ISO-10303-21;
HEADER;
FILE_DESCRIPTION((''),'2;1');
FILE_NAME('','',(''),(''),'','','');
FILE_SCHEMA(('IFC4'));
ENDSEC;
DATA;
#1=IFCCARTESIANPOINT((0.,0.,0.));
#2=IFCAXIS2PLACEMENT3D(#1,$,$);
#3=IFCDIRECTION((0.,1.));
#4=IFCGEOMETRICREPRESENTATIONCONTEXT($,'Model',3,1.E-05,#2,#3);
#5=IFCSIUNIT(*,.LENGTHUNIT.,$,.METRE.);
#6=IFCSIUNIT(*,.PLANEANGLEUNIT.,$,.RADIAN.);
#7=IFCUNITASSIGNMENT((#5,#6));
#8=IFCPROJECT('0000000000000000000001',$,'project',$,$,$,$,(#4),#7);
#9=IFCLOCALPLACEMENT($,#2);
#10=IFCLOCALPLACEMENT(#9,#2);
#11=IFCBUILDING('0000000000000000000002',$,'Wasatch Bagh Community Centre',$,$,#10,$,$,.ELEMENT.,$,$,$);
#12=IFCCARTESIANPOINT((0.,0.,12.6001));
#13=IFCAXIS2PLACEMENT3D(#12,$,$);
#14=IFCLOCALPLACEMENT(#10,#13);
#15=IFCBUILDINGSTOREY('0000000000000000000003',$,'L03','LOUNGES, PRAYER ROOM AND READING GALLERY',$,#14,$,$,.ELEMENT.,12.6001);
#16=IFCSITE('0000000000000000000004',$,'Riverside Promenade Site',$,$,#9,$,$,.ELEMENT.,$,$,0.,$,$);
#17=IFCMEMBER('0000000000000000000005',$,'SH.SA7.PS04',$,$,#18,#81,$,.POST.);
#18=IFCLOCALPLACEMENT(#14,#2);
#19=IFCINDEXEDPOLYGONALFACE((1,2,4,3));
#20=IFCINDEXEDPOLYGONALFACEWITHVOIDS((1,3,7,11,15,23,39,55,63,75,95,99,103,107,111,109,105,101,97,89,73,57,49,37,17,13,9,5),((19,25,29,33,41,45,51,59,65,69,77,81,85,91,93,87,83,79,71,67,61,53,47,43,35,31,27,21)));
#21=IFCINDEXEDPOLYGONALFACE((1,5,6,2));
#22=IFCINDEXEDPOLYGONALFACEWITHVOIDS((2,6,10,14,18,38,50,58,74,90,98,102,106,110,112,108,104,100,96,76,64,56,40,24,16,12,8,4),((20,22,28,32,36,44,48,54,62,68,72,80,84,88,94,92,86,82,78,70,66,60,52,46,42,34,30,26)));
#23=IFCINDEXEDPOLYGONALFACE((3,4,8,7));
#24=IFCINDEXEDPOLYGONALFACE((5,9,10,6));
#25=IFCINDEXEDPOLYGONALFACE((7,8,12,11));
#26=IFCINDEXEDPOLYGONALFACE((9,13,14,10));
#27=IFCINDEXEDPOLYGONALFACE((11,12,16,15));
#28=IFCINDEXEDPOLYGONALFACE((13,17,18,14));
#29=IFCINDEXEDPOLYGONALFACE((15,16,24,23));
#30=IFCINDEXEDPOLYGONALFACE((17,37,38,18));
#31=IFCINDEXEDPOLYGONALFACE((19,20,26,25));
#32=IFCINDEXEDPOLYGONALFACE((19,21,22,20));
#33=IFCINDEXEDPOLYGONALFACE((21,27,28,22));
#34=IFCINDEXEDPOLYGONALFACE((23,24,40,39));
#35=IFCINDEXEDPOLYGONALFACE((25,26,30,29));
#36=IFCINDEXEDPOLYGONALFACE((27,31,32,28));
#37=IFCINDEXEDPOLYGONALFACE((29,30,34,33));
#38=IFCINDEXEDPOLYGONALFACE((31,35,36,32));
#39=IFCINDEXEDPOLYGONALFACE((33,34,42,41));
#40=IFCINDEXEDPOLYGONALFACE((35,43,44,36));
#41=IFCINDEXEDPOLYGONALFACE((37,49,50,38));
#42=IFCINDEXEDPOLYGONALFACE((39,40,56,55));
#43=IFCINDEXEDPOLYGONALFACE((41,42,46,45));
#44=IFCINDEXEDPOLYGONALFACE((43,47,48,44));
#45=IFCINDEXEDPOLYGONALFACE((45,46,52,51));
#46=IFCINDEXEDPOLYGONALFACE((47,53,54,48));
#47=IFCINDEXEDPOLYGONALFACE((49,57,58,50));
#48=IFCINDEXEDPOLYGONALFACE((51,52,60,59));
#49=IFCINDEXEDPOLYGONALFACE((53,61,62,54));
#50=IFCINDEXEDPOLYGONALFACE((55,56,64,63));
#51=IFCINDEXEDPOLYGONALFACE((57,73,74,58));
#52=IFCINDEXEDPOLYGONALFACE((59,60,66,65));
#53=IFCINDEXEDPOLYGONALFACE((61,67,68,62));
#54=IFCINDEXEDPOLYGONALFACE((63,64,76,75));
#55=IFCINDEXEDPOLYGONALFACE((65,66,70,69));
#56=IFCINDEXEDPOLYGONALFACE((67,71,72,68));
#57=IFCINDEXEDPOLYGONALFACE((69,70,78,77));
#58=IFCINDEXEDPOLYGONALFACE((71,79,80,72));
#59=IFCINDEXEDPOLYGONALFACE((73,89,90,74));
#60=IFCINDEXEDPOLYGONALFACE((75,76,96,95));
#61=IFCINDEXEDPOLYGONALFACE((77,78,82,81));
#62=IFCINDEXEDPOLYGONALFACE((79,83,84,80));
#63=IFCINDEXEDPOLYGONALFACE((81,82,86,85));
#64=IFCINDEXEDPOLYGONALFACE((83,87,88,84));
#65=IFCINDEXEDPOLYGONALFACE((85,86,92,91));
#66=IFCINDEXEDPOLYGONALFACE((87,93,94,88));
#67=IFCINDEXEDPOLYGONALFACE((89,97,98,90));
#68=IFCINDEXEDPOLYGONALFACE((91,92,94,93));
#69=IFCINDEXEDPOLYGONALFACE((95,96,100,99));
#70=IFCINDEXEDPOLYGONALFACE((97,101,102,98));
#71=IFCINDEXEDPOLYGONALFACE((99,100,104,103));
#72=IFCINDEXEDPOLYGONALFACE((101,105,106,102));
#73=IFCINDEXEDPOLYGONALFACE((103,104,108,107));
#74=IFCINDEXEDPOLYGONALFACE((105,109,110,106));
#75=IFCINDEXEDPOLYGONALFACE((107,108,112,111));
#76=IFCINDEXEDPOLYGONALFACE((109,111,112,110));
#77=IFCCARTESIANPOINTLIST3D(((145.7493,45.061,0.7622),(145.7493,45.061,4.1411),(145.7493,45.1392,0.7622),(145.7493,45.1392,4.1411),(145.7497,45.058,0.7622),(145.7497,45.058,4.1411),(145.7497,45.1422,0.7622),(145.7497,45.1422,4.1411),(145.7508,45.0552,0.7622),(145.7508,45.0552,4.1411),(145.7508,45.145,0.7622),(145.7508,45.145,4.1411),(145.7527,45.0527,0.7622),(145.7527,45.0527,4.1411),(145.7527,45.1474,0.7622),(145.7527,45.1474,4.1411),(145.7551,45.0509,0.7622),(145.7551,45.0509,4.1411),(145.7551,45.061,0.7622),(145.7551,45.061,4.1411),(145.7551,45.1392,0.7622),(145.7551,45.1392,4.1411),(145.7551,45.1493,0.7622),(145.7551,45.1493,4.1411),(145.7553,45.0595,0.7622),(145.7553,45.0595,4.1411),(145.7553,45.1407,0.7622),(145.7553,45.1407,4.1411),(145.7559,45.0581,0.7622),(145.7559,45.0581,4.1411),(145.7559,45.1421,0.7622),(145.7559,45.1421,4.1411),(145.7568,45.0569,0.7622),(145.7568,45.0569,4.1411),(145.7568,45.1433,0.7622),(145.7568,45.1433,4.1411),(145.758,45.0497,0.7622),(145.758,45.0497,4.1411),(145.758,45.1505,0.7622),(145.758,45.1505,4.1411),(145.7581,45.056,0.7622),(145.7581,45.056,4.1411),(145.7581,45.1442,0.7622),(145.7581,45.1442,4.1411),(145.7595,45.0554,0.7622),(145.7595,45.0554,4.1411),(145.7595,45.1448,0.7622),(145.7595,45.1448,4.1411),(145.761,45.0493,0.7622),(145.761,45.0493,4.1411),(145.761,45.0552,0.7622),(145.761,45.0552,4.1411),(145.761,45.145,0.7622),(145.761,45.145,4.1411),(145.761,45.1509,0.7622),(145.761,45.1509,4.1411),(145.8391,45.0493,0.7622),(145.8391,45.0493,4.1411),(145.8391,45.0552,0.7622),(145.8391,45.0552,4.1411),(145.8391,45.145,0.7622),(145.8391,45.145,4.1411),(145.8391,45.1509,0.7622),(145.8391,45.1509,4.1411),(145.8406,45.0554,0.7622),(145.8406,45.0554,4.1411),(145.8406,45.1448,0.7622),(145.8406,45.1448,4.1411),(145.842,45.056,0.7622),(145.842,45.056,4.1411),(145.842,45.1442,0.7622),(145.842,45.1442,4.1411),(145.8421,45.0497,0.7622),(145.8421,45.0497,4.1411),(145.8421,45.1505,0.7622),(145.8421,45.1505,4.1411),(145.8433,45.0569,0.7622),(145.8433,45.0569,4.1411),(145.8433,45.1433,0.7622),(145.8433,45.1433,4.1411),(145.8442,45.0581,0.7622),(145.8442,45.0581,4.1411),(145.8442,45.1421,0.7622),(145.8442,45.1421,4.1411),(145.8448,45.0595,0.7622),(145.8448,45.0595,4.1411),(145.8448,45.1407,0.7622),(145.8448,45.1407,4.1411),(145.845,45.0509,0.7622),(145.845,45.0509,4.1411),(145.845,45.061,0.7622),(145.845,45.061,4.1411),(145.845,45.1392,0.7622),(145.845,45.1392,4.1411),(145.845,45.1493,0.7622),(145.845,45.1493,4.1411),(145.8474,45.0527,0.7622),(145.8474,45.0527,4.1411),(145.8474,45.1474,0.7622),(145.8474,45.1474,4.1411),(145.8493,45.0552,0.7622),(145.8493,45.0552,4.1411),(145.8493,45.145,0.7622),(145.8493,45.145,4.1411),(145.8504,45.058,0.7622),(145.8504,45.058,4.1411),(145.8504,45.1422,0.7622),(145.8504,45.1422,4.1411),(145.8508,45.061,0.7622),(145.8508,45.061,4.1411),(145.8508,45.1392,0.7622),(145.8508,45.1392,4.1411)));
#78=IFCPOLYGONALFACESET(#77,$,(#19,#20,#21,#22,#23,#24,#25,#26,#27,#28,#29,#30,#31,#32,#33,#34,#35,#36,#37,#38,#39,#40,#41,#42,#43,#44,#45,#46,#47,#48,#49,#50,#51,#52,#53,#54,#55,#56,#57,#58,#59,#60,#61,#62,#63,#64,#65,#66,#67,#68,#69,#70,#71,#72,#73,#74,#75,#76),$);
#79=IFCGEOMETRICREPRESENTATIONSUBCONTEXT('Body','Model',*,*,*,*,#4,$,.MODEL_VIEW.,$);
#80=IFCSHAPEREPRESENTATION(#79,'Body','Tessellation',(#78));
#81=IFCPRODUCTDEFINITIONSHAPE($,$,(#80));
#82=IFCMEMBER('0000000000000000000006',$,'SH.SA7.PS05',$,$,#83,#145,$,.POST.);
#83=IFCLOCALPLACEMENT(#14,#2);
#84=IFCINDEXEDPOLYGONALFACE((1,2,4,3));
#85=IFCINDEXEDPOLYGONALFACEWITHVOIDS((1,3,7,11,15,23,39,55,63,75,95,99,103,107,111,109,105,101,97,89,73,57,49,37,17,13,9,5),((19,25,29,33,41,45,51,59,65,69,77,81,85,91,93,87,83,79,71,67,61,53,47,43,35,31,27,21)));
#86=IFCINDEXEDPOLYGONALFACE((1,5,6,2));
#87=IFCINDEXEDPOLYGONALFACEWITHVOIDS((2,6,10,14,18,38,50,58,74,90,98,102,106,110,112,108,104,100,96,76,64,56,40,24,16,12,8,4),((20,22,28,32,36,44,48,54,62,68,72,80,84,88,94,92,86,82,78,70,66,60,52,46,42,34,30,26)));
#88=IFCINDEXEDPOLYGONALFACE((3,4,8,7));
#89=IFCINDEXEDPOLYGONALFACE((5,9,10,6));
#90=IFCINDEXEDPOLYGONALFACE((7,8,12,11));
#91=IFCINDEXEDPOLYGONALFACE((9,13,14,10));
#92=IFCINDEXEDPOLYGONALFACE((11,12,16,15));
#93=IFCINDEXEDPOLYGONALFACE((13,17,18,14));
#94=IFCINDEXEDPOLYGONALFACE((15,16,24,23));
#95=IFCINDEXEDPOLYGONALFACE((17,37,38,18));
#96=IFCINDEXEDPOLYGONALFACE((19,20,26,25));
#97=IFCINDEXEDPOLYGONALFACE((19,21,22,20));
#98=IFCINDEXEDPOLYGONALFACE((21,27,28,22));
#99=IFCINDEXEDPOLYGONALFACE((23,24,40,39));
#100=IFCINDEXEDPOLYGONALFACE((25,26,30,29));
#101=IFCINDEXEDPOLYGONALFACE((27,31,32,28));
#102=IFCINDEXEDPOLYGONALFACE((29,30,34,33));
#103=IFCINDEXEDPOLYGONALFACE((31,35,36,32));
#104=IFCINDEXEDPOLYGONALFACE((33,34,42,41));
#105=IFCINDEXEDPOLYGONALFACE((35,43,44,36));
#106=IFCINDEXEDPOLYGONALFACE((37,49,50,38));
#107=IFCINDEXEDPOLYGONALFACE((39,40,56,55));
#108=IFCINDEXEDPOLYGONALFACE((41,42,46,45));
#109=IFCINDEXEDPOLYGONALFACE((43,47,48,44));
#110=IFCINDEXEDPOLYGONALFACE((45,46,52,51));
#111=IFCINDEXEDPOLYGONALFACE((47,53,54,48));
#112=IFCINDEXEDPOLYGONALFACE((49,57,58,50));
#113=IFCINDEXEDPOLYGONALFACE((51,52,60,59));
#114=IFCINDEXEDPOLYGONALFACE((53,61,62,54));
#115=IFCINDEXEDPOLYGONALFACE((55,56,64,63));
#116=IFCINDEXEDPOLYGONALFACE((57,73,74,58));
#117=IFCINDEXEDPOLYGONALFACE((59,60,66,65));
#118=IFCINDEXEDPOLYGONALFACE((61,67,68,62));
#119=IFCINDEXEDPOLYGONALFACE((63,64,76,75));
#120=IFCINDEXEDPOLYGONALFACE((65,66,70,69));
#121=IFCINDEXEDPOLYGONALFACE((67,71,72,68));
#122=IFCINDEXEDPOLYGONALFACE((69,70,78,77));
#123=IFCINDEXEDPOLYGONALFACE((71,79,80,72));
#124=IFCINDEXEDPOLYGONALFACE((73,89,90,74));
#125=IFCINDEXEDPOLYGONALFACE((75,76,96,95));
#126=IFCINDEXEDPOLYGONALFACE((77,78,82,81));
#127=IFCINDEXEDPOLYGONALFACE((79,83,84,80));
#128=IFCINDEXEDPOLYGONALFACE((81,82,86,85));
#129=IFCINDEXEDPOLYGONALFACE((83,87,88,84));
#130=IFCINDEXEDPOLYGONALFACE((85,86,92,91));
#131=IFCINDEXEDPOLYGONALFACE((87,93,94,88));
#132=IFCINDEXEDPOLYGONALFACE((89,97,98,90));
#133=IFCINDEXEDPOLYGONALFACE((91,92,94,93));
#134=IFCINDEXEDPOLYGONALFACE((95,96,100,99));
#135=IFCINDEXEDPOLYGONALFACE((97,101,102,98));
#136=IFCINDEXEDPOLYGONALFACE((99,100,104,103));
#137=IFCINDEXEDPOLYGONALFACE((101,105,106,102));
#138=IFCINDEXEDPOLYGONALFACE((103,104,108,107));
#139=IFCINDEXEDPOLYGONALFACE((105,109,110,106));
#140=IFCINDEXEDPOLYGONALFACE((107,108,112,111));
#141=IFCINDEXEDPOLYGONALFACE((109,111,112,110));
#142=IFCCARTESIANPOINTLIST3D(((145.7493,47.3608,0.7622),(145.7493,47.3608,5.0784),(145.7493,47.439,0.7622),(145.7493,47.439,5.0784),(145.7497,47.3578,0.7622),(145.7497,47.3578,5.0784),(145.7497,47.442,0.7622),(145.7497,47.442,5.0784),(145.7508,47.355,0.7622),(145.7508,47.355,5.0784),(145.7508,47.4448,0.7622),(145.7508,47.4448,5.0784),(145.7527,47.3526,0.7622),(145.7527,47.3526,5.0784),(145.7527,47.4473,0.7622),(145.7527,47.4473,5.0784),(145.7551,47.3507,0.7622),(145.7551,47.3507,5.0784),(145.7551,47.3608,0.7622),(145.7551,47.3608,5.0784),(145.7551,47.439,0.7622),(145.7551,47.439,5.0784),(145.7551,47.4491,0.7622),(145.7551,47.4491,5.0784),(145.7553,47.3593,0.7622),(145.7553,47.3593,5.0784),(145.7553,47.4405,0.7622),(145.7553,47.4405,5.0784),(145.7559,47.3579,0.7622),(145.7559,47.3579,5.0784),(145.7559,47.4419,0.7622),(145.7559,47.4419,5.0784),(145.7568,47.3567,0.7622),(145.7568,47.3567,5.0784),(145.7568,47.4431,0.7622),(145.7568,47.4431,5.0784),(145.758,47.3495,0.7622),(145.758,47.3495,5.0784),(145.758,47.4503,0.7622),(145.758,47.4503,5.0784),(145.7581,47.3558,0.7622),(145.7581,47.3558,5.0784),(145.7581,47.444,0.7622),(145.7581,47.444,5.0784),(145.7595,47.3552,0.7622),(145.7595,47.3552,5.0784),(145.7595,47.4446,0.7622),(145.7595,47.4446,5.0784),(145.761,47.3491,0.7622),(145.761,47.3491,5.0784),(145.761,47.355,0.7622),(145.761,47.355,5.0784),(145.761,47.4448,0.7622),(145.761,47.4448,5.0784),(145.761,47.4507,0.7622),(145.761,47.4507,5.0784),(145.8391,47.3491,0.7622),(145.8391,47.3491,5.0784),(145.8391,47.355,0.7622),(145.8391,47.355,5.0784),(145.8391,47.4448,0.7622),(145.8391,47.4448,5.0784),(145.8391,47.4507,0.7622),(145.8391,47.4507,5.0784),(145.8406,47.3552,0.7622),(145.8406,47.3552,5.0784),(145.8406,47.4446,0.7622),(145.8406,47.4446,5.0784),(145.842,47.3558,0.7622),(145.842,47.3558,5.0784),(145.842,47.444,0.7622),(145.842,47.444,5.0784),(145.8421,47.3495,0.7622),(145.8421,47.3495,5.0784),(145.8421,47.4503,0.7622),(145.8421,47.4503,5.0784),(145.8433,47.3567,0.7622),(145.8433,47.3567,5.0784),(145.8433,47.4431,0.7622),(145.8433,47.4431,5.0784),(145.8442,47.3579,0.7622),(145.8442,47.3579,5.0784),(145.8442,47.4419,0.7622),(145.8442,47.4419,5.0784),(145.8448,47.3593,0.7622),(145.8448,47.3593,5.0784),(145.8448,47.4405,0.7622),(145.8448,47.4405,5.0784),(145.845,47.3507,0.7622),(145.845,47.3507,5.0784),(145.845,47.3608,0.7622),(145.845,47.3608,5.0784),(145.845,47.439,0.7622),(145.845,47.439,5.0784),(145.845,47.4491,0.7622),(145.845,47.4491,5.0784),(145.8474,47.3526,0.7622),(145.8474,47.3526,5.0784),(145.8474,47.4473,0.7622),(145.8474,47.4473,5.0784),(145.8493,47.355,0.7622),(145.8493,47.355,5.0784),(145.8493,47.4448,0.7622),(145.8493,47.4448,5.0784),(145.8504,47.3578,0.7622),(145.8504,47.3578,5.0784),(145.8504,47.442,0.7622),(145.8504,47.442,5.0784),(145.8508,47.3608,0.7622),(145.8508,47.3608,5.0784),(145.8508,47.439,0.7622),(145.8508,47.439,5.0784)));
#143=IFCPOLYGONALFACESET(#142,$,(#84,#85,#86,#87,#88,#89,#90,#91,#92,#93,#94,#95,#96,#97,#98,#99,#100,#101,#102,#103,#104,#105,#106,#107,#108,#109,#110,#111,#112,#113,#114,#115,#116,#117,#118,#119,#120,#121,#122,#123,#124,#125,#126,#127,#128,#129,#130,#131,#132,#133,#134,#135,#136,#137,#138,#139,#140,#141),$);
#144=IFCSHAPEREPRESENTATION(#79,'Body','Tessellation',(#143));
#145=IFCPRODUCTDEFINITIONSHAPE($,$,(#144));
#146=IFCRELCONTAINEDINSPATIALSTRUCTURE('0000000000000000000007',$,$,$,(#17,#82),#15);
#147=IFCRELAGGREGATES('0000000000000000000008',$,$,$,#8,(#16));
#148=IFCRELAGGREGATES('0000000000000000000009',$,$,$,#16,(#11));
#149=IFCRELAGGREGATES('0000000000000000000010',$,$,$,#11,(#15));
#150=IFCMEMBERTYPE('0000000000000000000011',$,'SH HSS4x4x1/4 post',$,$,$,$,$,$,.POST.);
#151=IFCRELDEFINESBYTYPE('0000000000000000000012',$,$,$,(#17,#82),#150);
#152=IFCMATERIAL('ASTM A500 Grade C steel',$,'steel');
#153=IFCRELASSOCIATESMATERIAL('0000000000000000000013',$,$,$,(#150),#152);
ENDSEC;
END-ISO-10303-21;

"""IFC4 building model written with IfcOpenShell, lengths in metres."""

from ifc_helpers import new_model, si_unit, direction, frame, origin, origin_2d, place, context, subcontext, project, spatial, hollow_rectangle, extrude, material, material_profile, profile_set, type_object, element, save


model = new_model("IFC4")

# Units and contexts
model_context = context("Model", 3, precision=1e-05, world=origin(), true_north=direction((0.0, 1.0)))
body_context = subcontext(model_context, "Body", "Model", "MODEL_VIEW")
ifc_project = project(units=[si_unit("LENGTHUNIT", "METRE"), si_unit("PLANEANGLEUNIT", "RADIAN")], contexts=[model_context])

# Site, building, storey
site_placement = place(None, origin())
site = spatial("IfcSite", under=ifc_project, at=site_placement, Name="Riverside Promenade Site", CompositionType="ELEMENT", RefElevation=0.0)
building_placement = place(site_placement, origin())
building = spatial("IfcBuilding", under=site, at=building_placement, Name="Wasatch Bagh Community Centre", CompositionType="ELEMENT")
storey_placement = place(building_placement, frame((0.0, 0.0, 12.6001)))
storey = spatial("IfcBuildingStorey", under=building, at=storey_placement, Name="L03", Description="LOUNGES, PRAYER ROOM AND READING GALLERY", CompositionType="ELEMENT", Elevation=12.6001)

# Members
ifc_material_1 = material(Name="ASTM A500 Grade C steel", Category="steel")
ifc_material_profile_1 = material_profile(ifc_material_1, hollow_rectangle(XDim=0.1016, YDim=0.1016, WallThickness=0.0059, InnerFilletRadius=0.0059, OuterFilletRadius=0.0117, at=origin_2d()), Name="HSS4x4x1/4")
ifc_profile_set_1 = profile_set([ifc_material_profile_1], Name="ASTM A500 Grade C steel")
member_type_1 = type_object("IfcMemberType", Name="SH HSS4x4x1/4 post", PredefinedType="POST", material=ifc_profile_set_1)
member_1_placement = place(storey_placement, frame((145.8, 45.1001, 0.7622), z_axis=(0.0, 0.0, 1.0), x_axis=(1.0, 0.0, 0.0)))
element("IfcMember", 1, at=member_1_placement, inside=storey, type_object=member_type_1, Name="SH.SA7.PS04", PredefinedType="POST", context=body_context, shape_type="SweptSolid", body=[
    extrude(hollow_rectangle(XDim=0.1016, YDim=0.1016, WallThickness=0.0059, InnerFilletRadius=0.0059, OuterFilletRadius=0.0117, at=origin_2d()), origin(), (0.0, 0.0, 1.0), 3.3789),
])
member_2_placement = place(storey_placement, frame((145.8, 47.3999, 0.7622), z_axis=(0.0, 0.0, 1.0), x_axis=(1.0, 0.0, 0.0)))
element("IfcMember", 2, at=member_2_placement, inside=storey, type_object=member_type_1, Name="SH.SA7.PS05", PredefinedType="POST", context=body_context, shape_type="SweptSolid", body=[
    extrude(hollow_rectangle(XDim=0.1016, YDim=0.1016, WallThickness=0.0059, InnerFilletRadius=0.0059, OuterFilletRadius=0.0117, at=origin_2d()), origin(), (0.0, 0.0, 1.0), 4.3162),
])

save(model, "model.ifc")
